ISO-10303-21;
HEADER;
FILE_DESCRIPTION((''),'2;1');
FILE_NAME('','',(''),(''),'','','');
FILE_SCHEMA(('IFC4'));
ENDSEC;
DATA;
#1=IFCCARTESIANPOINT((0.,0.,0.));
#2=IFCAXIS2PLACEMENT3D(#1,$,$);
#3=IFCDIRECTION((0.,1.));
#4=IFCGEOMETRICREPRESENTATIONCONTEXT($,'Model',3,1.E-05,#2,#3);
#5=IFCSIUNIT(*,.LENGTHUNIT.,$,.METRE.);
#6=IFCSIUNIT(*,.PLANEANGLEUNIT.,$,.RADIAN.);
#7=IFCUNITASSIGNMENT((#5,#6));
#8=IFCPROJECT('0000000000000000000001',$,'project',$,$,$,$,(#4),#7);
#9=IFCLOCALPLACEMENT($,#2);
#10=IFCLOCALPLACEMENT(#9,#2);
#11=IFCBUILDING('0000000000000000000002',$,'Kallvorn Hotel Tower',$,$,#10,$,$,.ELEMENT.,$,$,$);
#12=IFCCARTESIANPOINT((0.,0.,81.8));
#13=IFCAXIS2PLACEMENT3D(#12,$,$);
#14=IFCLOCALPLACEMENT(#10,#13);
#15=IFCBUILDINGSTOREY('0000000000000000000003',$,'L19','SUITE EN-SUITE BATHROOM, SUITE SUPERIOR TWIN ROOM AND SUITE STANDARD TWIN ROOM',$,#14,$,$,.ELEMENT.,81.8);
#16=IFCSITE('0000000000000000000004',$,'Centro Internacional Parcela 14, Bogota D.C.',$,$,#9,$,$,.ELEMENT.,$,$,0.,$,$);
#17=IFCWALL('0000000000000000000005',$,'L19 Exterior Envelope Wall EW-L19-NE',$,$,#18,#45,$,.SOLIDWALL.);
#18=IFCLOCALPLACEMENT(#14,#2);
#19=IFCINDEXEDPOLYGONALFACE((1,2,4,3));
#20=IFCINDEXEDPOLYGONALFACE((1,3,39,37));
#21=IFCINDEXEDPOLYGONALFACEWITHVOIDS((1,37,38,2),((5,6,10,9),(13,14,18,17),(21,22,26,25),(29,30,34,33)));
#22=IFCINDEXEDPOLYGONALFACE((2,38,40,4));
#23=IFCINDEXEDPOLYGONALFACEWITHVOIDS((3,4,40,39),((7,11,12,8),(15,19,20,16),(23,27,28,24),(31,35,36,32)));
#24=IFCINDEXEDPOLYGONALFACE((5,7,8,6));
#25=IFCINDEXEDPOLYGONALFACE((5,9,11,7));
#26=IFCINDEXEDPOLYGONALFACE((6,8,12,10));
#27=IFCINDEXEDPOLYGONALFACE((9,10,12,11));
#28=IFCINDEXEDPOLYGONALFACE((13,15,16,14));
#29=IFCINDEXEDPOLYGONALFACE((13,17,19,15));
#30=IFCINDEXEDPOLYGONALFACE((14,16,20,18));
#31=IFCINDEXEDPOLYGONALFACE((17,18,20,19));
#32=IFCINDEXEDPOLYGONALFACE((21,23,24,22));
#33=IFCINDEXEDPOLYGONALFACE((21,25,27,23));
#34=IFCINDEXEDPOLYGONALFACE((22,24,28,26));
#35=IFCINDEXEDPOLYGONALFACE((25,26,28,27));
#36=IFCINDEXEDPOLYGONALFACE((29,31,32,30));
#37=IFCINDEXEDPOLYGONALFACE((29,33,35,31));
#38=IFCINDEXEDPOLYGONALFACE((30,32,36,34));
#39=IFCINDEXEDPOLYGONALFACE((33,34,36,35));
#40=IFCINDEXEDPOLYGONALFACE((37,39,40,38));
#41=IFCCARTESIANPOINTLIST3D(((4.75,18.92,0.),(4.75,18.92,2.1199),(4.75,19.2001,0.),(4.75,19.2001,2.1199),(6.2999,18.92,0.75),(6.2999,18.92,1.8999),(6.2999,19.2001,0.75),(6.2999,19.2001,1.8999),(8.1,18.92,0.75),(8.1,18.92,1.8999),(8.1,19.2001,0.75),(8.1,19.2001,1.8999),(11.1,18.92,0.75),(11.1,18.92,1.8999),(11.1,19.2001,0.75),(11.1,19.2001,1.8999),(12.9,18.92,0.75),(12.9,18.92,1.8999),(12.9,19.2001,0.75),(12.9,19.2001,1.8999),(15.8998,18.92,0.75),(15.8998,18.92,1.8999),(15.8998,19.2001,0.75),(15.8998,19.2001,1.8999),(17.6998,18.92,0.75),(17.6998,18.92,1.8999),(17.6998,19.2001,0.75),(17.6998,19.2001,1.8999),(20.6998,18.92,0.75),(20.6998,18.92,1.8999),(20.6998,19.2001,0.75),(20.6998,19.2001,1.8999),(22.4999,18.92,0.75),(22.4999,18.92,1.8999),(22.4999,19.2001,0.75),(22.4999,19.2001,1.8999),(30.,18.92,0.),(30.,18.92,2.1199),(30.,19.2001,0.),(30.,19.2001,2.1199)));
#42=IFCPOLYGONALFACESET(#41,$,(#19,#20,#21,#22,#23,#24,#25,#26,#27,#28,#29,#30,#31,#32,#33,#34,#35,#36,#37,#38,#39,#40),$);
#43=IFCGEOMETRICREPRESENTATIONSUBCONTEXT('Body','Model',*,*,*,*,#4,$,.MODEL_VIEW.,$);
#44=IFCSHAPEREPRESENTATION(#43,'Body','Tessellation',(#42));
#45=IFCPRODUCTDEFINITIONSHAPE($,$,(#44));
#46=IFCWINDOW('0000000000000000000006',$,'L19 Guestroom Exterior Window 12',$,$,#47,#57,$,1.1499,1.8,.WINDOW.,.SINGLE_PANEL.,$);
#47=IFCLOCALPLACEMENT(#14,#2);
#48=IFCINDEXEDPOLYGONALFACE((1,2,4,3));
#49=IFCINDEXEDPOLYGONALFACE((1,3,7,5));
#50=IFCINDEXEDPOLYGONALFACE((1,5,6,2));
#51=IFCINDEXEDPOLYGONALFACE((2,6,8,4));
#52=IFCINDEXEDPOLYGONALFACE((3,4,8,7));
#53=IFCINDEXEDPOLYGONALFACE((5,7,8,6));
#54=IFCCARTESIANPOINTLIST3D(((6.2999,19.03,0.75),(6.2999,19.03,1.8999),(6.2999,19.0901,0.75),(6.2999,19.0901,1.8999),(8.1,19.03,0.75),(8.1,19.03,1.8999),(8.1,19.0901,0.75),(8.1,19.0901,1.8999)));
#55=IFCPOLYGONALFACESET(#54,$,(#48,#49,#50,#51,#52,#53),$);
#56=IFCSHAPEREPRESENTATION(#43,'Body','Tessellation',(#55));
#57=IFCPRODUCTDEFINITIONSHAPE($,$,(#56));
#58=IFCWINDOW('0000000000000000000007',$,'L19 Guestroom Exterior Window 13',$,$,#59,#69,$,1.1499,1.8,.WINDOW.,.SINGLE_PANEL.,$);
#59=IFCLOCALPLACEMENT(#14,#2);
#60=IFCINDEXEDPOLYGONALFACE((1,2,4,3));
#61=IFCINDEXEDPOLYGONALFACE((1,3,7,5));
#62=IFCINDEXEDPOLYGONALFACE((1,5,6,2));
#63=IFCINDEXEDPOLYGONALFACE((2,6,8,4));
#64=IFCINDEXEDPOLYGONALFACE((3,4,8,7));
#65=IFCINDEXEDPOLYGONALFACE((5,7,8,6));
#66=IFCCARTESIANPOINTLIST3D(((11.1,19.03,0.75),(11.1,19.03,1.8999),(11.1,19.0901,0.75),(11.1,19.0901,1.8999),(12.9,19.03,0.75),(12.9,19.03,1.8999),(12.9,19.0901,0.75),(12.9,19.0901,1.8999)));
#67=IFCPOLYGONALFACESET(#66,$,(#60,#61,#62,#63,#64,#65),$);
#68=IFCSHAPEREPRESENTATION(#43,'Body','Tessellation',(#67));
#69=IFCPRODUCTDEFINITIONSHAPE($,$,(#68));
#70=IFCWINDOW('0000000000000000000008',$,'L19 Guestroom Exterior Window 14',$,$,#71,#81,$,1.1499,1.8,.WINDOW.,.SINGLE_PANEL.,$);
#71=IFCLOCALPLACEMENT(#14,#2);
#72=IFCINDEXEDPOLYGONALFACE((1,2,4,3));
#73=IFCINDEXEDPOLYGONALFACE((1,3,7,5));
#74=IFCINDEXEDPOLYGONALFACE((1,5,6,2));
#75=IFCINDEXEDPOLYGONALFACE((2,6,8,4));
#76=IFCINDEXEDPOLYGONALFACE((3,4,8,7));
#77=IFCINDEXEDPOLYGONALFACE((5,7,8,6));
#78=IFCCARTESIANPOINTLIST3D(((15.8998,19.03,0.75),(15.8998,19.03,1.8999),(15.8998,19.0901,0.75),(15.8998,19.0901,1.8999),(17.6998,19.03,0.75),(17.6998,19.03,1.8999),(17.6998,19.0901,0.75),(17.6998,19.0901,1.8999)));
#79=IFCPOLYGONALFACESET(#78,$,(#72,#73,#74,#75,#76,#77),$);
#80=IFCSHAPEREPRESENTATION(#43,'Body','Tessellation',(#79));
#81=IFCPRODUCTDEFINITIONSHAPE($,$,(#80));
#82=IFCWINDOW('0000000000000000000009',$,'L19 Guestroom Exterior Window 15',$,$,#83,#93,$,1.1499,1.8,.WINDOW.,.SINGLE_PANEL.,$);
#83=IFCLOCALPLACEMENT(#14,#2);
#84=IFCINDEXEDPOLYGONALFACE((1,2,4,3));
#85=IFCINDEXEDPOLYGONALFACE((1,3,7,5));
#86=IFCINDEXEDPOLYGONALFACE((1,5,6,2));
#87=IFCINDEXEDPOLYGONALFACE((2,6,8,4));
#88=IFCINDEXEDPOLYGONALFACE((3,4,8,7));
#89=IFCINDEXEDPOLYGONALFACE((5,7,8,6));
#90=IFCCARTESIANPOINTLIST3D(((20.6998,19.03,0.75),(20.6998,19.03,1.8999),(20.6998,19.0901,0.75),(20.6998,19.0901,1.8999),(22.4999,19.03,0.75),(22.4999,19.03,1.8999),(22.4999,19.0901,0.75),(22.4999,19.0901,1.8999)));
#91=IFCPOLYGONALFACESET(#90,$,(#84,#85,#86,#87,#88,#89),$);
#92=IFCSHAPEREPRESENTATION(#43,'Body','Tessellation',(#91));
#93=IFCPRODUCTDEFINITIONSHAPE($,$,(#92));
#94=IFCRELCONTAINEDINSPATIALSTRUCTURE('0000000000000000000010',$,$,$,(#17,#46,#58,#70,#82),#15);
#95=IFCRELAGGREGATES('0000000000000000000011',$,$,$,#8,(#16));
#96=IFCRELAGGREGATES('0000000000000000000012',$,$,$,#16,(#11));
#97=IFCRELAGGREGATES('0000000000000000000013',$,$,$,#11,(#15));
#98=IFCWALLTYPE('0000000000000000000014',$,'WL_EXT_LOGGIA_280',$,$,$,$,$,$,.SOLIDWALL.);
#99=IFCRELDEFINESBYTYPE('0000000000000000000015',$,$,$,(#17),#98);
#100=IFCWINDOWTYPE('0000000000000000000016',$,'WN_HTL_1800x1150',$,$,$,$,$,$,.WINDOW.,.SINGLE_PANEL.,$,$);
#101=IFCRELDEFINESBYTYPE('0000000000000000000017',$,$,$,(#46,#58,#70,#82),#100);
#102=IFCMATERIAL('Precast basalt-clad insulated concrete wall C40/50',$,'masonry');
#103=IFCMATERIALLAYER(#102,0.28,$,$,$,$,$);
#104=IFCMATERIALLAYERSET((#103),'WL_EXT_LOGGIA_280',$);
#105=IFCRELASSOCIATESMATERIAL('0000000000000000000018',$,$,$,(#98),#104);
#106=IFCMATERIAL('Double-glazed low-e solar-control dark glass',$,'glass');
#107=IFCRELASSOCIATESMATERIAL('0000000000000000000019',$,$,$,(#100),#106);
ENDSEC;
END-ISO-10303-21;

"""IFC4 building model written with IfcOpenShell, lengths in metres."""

from ifc_helpers import new_model, si_unit, direction, frame, frame_2d, origin, place, context, subcontext, project, spatial, rectangle, extrude, material, layer, layer_set, type_object, element, fill, save


model = new_model("IFC4")

# Units and contexts
model_context = context("Model", 3, precision=1e-05, world=origin(), true_north=direction((0.0, 1.0)))
body_context = subcontext(model_context, "Body", "Model", "MODEL_VIEW")
ifc_project = project(units=[si_unit("LENGTHUNIT", "METRE"), si_unit("PLANEANGLEUNIT", "RADIAN")], contexts=[model_context])

# Site, building, storey
site_placement = place(None, origin())
site = spatial("IfcSite", under=ifc_project, at=site_placement, Name="Centro Internacional Parcela 14, Bogota D.C.", CompositionType="ELEMENT", RefElevation=0.0)
building_placement = place(site_placement, origin())
building = spatial("IfcBuilding", under=site, at=building_placement, Name="Kallvorn Hotel Tower", CompositionType="ELEMENT")
storey_placement = place(building_placement, frame((0.0, 0.0, 81.8)))
storey = spatial("IfcBuildingStorey", under=building, at=storey_placement, Name="L19", Description="SUITE EN-SUITE BATHROOM, SUITE SUPERIOR TWIN ROOM AND SUITE STANDARD TWIN ROOM", CompositionType="ELEMENT", Elevation=81.8)

# Wall, openings, windows
ifc_material_1 = material(Name="Precast basalt-clad insulated concrete wall C40/50", Category="masonry")
ifc_layer_1 = layer(ifc_material_1, 0.28)
ifc_layer_set_1 = layer_set([ifc_layer_1], Name="WL_EXT_LOGGIA_280")
wall_type_1 = type_object("IfcWallType", Name="WL_EXT_LOGGIA_280", PredefinedType="SOLIDWALL", material=ifc_layer_set_1)
wall_1_placement = place(storey_placement, frame((4.75, 19.0601, 0.0), z_axis=(0.0, 0.0, 1.0), x_axis=(1.0, 0.0, 0.0)))
wall_1 = element("IfcWall", 1, at=wall_1_placement, inside=storey, type_object=wall_type_1, Name="L19 Exterior Envelope Wall EW-L19-NE", PredefinedType="SOLIDWALL", context=body_context, shape_type="SweptSolid", body=[
    extrude(rectangle(XDim=25.25, YDim=0.28, at=frame_2d((12.625, 0.0))), origin(), (0.0, 0.0, 1.0), 2.1199),
])
opening_1_placement = place(wall_1_placement, frame((1.55, 0.0, 0.75)))
opening_1 = element("IfcOpeningElement", 2, at=opening_1_placement, cuts=wall_1, PredefinedType="OPENING", context=body_context, shape_type="SweptSolid", body=[
    extrude(rectangle(XDim=1.8, YDim=1.1499, at=frame_2d((0.8999, 0.575))), frame((0.0, 0.155, 0.0), z_axis=(0.0, -1.0, 0.0), x_axis=(1.0, 0.0, 0.0)), (0.0, 0.0, 1.0), 0.3101),
])
opening_2_placement = place(wall_1_placement, frame((6.3501, 0.0, 0.75)))
opening_2 = element("IfcOpeningElement", 3, at=opening_2_placement, cuts=wall_1, PredefinedType="OPENING", context=body_context, shape_type="SweptSolid", body=[
    extrude(rectangle(XDim=1.8, YDim=1.1499, at=frame_2d((0.8999, 0.575))), frame((0.0, 0.155, 0.0), z_axis=(0.0, -1.0, 0.0), x_axis=(1.0, 0.0, 0.0)), (0.0, 0.0, 1.0), 0.3101),
])
opening_3_placement = place(wall_1_placement, frame((11.1499, 0.0, 0.75)))
opening_3 = element("IfcOpeningElement", 4, at=opening_3_placement, cuts=wall_1, PredefinedType="OPENING", context=body_context, shape_type="SweptSolid", body=[
    extrude(rectangle(XDim=1.8, YDim=1.1499, at=frame_2d((0.8999, 0.575))), frame((0.0, 0.155, 0.0), z_axis=(0.0, -1.0, 0.0), x_axis=(1.0, 0.0, 0.0)), (0.0, 0.0, 1.0), 0.3101),
])
opening_4_placement = place(wall_1_placement, frame((15.95, 0.0, 0.75)))
opening_4 = element("IfcOpeningElement", 5, at=opening_4_placement, cuts=wall_1, PredefinedType="OPENING", context=body_context, shape_type="SweptSolid", body=[
    extrude(rectangle(XDim=1.8, YDim=1.1499, at=frame_2d((0.8999, 0.575))), frame((0.0, 0.155, 0.0), z_axis=(0.0, -1.0, 0.0), x_axis=(1.0, 0.0, 0.0)), (0.0, 0.0, 1.0), 0.3101),
])
ifc_material_2 = material(Name="Double-glazed low-e solar-control dark glass", Category="glass")
window_type = type_object("IfcWindowType", Name="WN_HTL_1800x1150", PartitioningType="SINGLE_PANEL", PredefinedType="WINDOW", material=ifc_material_2)
window_1_placement = place(opening_1_placement, origin())
window_1 = element("IfcWindow", 6, at=window_1_placement, inside=storey, type_object=window_type, Name="L19 Guestroom Exterior Window 12", OverallHeight=1.1499, OverallWidth=1.8, PartitioningType="SINGLE_PANEL", PredefinedType="WINDOW", context=body_context, shape_type="SweptSolid", body=[
    extrude(rectangle(XDim=1.8, YDim=1.1499, at=frame_2d((0.8999, 0.575))), frame((0.0, 0.03, 0.0), z_axis=(0.0, -1.0, 0.0), x_axis=(1.0, 0.0, 0.0)), (0.0, 0.0, 1.0), 0.0601),
])
fill(opening_1, window_1)
window_2_placement = place(opening_2_placement, origin())
window_2 = element("IfcWindow", 7, at=window_2_placement, inside=storey, type_object=window_type, Name="L19 Guestroom Exterior Window 13", OverallHeight=1.1499, OverallWidth=1.8, PartitioningType="SINGLE_PANEL", PredefinedType="WINDOW", context=body_context, shape_type="SweptSolid", body=[
    extrude(rectangle(XDim=1.8, YDim=1.1499, at=frame_2d((0.8999, 0.575))), frame((0.0, 0.03, 0.0), z_axis=(0.0, -1.0, 0.0), x_axis=(1.0, 0.0, 0.0)), (0.0, 0.0, 1.0), 0.0601),
])
fill(opening_2, window_2)
window_3_placement = place(opening_3_placement, origin())
window_3 = element("IfcWindow", 8, at=window_3_placement, inside=storey, type_object=window_type, Name="L19 Guestroom Exterior Window 14", OverallHeight=1.1499, OverallWidth=1.8, PartitioningType="SINGLE_PANEL", PredefinedType="WINDOW", context=body_context, shape_type="SweptSolid", body=[
    extrude(rectangle(XDim=1.8, YDim=1.1499, at=frame_2d((0.8999, 0.575))), frame((0.0, 0.03, 0.0), z_axis=(0.0, -1.0, 0.0), x_axis=(1.0, 0.0, 0.0)), (0.0, 0.0, 1.0), 0.0601),
])
fill(opening_3, window_3)
window_4_placement = place(opening_4_placement, origin())
window_4 = element("IfcWindow", 9, at=window_4_placement, inside=storey, type_object=window_type, Name="L19 Guestroom Exterior Window 15", OverallHeight=1.1499, OverallWidth=1.8, PartitioningType="SINGLE_PANEL", PredefinedType="WINDOW", context=body_context, shape_type="SweptSolid", body=[
    extrude(rectangle(XDim=1.8, YDim=1.1499, at=frame_2d((0.8999, 0.575))), frame((0.0, 0.03, 0.0), z_axis=(0.0, -1.0, 0.0), x_axis=(1.0, 0.0, 0.0)), (0.0, 0.0, 1.0), 0.0601),
])
fill(opening_4, window_4)

save(model, "model.ifc")
